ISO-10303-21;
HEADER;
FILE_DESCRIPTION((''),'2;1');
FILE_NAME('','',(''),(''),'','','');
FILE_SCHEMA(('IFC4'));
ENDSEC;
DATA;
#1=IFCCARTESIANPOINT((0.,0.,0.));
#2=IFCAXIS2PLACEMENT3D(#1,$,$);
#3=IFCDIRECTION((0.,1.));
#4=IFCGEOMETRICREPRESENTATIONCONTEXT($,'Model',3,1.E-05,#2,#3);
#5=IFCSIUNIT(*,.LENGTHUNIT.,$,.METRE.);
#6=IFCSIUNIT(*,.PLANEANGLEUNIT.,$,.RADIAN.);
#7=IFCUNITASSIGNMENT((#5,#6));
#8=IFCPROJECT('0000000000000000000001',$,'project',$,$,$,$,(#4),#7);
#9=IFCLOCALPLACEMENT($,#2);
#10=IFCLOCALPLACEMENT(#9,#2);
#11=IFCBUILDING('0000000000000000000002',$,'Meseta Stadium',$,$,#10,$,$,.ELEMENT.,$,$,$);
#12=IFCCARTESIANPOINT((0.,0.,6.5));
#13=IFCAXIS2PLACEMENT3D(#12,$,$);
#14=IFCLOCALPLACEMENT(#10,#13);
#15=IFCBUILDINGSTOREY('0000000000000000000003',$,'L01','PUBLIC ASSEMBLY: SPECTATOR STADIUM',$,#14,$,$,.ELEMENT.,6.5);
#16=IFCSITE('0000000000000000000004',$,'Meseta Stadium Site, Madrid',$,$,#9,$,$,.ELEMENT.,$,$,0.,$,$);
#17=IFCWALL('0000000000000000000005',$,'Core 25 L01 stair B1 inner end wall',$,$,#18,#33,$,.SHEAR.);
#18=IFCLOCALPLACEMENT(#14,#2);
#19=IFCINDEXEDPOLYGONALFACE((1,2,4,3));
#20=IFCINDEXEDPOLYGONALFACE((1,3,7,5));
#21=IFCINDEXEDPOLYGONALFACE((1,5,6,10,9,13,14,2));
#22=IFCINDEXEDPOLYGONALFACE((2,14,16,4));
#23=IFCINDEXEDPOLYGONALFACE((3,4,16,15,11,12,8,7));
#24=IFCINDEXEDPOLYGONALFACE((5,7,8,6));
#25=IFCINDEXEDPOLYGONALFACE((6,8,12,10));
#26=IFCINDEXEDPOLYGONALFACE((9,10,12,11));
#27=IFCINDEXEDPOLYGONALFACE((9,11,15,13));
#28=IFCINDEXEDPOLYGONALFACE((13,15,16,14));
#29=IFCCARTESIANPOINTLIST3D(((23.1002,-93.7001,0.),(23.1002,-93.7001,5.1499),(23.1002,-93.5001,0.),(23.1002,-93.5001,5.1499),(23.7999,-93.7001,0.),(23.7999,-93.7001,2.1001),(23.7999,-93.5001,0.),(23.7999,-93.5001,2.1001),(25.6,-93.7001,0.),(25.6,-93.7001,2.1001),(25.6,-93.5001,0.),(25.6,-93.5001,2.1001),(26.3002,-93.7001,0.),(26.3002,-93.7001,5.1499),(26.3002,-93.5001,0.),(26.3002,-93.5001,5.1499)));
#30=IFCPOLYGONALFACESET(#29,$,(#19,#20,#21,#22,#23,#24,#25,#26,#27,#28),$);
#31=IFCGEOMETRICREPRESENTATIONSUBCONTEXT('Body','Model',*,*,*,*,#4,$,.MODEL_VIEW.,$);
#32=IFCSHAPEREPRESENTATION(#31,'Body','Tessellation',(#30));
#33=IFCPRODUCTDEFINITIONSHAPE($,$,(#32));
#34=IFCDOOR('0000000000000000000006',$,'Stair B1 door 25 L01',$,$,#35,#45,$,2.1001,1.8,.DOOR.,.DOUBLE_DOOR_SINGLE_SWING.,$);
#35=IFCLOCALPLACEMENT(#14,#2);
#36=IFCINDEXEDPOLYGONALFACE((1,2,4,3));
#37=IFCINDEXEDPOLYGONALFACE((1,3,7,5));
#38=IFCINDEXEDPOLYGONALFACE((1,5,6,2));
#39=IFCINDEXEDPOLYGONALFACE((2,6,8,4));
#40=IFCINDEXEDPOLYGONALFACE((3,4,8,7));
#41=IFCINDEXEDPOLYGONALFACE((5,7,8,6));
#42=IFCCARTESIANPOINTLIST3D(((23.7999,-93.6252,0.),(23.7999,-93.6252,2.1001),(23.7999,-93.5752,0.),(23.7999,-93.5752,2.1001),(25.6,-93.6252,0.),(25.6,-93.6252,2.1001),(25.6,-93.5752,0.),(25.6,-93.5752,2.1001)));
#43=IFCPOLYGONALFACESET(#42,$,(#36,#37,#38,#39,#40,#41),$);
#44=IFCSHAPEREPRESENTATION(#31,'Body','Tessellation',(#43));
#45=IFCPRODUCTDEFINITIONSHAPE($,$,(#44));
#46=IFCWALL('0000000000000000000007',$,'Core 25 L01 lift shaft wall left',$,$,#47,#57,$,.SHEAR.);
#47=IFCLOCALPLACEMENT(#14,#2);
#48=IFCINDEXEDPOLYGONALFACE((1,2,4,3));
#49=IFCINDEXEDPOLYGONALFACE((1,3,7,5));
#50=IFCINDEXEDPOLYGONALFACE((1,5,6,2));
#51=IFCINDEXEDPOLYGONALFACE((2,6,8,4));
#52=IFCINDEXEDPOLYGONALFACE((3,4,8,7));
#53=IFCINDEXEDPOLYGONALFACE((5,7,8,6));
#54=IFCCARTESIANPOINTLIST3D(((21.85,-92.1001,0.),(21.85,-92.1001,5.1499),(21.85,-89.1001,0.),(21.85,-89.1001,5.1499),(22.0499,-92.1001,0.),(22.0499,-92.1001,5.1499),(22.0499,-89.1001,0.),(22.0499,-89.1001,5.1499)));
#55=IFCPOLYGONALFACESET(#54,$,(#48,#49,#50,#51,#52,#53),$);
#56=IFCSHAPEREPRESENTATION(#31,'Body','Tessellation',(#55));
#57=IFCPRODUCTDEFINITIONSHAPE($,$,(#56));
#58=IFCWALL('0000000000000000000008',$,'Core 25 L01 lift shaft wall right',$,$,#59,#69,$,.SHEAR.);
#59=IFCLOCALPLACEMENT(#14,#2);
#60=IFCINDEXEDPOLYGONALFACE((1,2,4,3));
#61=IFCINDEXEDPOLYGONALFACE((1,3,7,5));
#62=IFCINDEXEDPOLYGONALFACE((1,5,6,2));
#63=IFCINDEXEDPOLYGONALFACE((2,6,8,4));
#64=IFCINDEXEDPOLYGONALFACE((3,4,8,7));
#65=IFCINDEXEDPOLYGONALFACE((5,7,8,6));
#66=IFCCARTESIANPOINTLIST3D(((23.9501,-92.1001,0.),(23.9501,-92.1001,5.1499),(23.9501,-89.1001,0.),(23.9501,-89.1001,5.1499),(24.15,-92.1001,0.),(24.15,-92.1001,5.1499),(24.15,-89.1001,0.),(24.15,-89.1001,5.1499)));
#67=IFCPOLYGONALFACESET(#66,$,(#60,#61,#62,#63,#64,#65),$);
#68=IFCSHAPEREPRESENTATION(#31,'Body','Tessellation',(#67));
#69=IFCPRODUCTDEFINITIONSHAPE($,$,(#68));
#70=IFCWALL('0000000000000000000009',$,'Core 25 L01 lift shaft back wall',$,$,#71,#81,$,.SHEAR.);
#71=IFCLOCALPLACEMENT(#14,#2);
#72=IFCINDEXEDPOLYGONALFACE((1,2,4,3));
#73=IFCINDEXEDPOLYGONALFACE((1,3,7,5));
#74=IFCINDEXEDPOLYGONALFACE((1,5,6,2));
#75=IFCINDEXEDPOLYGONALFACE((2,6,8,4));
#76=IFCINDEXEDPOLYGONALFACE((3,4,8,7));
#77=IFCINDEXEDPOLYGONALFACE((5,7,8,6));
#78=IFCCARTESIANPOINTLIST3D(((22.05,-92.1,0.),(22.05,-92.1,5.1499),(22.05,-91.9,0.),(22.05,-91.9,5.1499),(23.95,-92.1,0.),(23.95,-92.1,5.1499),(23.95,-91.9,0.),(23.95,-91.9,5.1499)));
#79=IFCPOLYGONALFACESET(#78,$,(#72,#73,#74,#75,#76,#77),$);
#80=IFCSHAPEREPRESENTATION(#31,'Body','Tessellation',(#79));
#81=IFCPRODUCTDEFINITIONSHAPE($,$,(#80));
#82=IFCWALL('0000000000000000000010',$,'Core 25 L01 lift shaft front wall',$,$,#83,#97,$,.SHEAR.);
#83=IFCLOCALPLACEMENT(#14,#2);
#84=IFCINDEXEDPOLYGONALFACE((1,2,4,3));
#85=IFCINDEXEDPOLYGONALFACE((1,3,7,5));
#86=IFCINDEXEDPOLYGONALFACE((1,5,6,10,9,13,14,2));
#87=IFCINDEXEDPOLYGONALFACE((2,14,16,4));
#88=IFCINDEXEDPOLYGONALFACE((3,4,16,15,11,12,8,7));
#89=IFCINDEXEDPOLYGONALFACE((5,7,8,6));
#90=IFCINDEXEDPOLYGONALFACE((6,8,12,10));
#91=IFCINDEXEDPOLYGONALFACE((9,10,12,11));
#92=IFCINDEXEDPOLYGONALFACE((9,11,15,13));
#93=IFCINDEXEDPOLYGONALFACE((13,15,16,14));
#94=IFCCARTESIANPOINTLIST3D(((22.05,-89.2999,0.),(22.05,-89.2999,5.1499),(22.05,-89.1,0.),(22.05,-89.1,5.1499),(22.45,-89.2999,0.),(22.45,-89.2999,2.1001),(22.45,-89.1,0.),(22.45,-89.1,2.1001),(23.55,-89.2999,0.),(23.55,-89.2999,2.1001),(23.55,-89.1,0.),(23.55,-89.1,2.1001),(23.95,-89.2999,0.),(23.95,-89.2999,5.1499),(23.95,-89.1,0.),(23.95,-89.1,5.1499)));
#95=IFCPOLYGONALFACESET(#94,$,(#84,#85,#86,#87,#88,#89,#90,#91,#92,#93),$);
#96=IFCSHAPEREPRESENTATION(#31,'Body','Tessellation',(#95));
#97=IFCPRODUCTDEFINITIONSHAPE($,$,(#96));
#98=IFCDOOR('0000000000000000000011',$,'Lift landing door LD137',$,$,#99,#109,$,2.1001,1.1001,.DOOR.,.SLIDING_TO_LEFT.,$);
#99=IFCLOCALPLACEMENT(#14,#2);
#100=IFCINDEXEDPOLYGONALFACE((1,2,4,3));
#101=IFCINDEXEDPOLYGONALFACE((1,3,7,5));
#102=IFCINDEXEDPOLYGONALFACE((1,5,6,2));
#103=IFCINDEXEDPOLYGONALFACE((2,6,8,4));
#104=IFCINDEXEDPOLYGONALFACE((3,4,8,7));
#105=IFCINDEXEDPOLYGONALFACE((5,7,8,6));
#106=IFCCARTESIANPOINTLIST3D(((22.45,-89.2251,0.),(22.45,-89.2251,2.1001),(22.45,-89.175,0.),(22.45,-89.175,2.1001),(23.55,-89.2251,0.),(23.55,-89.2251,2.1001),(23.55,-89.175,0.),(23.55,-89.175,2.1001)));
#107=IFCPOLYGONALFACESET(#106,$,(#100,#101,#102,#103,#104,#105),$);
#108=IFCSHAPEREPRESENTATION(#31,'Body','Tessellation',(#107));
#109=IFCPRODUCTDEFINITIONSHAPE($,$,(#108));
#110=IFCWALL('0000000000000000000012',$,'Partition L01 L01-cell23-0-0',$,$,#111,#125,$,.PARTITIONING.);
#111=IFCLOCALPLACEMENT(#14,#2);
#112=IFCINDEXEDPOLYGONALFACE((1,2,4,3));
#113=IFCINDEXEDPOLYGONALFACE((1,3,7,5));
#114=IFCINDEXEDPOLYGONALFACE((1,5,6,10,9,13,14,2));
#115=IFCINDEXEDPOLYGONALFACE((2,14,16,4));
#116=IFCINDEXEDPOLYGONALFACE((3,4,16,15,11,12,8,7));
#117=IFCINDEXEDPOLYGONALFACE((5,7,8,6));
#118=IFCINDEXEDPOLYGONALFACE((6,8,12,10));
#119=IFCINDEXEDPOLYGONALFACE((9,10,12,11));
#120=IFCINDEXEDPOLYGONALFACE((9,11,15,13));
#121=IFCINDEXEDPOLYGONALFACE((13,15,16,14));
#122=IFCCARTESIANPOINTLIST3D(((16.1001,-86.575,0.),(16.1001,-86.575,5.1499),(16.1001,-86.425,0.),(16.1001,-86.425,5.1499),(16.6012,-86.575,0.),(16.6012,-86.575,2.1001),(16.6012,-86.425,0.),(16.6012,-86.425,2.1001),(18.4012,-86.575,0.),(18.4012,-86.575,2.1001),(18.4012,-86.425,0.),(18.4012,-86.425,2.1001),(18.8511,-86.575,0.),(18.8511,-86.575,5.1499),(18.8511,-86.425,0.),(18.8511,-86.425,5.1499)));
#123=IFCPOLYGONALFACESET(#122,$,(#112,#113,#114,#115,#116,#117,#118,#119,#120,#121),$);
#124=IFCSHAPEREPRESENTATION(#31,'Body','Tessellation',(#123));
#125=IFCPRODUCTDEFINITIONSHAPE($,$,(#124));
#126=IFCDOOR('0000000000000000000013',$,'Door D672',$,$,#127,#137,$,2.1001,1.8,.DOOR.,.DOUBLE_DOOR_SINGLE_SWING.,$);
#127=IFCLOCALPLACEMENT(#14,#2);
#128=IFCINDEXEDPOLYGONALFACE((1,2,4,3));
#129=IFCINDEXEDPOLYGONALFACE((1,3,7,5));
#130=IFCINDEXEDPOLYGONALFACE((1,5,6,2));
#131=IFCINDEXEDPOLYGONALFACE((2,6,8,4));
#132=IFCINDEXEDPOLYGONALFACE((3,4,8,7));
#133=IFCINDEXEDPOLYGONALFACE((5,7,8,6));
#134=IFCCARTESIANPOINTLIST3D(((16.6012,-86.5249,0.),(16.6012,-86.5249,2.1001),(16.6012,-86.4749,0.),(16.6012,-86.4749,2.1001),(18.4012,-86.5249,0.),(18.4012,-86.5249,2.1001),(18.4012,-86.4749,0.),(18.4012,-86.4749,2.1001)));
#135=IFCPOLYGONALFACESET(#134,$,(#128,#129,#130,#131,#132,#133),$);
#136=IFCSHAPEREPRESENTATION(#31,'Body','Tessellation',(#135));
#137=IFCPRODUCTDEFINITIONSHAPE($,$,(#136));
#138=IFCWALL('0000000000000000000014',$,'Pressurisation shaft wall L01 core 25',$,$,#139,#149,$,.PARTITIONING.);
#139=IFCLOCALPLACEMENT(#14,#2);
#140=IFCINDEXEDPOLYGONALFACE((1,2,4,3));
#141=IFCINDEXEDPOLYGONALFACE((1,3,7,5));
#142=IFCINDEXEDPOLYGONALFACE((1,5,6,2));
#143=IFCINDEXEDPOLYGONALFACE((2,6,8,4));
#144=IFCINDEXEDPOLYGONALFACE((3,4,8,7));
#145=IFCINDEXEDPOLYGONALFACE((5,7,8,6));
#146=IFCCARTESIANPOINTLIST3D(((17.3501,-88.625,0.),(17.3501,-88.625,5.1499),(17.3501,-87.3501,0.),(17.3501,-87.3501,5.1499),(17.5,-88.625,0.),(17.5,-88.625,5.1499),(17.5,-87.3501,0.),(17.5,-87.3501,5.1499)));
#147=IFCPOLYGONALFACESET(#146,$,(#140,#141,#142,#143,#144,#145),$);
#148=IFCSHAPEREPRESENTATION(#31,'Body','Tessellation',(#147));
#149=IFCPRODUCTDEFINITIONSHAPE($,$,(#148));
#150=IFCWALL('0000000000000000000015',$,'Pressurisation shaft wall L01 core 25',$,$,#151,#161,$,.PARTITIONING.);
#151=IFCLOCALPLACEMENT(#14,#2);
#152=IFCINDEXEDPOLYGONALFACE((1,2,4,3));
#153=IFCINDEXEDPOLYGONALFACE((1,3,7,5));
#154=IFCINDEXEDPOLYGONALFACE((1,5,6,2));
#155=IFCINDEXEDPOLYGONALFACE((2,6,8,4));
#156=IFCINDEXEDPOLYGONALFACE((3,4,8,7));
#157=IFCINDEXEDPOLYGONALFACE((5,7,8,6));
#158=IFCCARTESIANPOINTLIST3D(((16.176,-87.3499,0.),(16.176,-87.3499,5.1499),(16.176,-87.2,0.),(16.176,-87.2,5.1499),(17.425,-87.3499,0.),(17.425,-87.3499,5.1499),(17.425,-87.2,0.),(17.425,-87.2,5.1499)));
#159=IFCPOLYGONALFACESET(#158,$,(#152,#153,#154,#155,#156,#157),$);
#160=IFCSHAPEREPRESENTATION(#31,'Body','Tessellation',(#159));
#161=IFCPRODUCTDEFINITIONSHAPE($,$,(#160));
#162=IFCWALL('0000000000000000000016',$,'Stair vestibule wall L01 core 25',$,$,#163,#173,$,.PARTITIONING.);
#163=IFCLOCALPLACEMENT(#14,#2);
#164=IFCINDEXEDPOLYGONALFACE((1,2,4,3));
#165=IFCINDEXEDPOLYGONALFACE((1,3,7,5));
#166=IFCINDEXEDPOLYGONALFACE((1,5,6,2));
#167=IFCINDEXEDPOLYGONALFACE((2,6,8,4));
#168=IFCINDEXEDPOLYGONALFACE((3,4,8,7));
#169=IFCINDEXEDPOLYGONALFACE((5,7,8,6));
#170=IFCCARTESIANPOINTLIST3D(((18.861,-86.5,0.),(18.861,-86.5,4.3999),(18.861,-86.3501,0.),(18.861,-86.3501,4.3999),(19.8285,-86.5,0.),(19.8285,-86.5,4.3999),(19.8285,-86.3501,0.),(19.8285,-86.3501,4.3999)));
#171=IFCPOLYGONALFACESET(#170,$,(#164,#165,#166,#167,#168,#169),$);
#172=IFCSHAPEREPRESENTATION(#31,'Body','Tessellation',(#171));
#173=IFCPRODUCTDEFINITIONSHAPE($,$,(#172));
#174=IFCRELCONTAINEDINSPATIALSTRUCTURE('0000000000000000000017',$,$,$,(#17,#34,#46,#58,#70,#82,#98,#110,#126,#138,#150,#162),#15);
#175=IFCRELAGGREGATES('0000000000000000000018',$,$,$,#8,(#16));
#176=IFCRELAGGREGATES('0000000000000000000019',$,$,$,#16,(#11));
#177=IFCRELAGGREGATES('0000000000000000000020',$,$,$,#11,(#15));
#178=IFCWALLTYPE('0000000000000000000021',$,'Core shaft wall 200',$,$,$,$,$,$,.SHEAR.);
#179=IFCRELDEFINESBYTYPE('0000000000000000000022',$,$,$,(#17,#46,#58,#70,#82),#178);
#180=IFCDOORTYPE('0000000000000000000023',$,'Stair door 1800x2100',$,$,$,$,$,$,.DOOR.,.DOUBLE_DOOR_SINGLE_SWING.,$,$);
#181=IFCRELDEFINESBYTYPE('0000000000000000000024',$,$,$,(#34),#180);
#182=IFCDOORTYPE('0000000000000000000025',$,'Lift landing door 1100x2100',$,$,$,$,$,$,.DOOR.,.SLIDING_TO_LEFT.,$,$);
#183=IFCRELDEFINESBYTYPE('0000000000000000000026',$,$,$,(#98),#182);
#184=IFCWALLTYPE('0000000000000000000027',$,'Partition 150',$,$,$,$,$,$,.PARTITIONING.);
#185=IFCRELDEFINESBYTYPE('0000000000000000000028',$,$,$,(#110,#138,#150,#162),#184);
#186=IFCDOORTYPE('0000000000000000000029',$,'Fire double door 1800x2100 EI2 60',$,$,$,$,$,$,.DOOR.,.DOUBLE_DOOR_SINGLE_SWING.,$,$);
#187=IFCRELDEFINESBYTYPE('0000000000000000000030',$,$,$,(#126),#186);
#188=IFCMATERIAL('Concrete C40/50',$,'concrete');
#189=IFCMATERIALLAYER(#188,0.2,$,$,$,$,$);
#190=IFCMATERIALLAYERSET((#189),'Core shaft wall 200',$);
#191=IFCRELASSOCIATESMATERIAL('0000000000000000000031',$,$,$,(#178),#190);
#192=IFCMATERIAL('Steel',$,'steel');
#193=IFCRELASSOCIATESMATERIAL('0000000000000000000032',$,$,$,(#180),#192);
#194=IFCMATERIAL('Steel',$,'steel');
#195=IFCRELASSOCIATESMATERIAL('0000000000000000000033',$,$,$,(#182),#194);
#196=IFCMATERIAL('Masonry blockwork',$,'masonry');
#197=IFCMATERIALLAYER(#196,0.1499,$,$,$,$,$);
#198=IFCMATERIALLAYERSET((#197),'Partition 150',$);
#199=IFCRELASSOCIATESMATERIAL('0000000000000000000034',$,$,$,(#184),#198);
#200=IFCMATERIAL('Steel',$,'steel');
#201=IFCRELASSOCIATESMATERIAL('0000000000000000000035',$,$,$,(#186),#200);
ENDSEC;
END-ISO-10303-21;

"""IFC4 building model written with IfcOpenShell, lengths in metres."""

from ifc_helpers import new_model, si_unit, direction, frame, frame_2d, origin, place, context, subcontext, project, spatial, rectangle, extrude, material, layer, layer_set, type_object, element, fill, save


model = new_model("IFC4")

# Units and contexts
model_context = context("Model", 3, precision=1e-05, world=origin(), true_north=direction((0.0, 1.0)))
body_context = subcontext(model_context, "Body", "Model", "MODEL_VIEW")
ifc_project = project(units=[si_unit("LENGTHUNIT", "METRE"), si_unit("PLANEANGLEUNIT", "RADIAN")], contexts=[model_context])

# Site, building, storey
site_placement = place(None, origin())
site = spatial("IfcSite", under=ifc_project, at=site_placement, Name="Meseta Stadium Site, Madrid", CompositionType="ELEMENT", RefElevation=0.0)
building_placement = place(site_placement, origin())
building = spatial("IfcBuilding", under=site, at=building_placement, Name="Meseta Stadium", CompositionType="ELEMENT")
storey_placement = place(building_placement, frame((0.0, 0.0, 6.5)))
storey = spatial("IfcBuildingStorey", under=building, at=storey_placement, Name="L01", Description="PUBLIC ASSEMBLY: SPECTATOR STADIUM", CompositionType="ELEMENT", Elevation=6.5)

# Wall, opening, door
ifc_material_1 = material(Name="Concrete C40/50", Category="concrete")
ifc_layer_1 = layer(ifc_material_1, 0.2)
ifc_layer_set_1 = layer_set([ifc_layer_1], Name="Core shaft wall 200")
wall_type_1 = type_object("IfcWallType", Name="Core shaft wall 200", PredefinedType="SHEAR", material=ifc_layer_set_1)
ifc_material_2 = material(Name="Steel", Category="steel")
door_type_1 = type_object("IfcDoorType", Name="Stair door 1800x2100", OperationType="DOUBLE_DOOR_SINGLE_SWING", PredefinedType="DOOR", material=ifc_material_2)
wall_1_placement = place(storey_placement, frame((23.1001, -93.6001, 0.0), z_axis=(0.0, 0.0, 1.0), x_axis=(1.0, 0.0, 0.0)))
wall_1 = element("IfcWall", 1, at=wall_1_placement, inside=storey, type_object=wall_type_1, Name="Core 25 L01 stair B1 inner end wall", PredefinedType="SHEAR", context=body_context, shape_type="SweptSolid", body=[
    extrude(rectangle(XDim=3.2, YDim=0.2, at=frame_2d((1.6001, 0.0))), origin(), (0.0, 0.0, 1.0), 5.1499),
])
opening_1_placement = place(wall_1_placement, frame((0.7, 0.0, 0.0)))
opening_1 = element("IfcOpeningElement", 2, at=opening_1_placement, cuts=wall_1, PredefinedType="OPENING", context=body_context, shape_type="SweptSolid", body=[
    extrude(rectangle(XDim=1.8, YDim=2.1001, at=frame_2d((0.8999, 1.05))), frame((0.0, 0.1099, 0.0), z_axis=(0.0, -1.0, 0.0), x_axis=(1.0, 0.0, 0.0)), (0.0, 0.0, 1.0), 0.22),
])
door_1_placement = place(opening_1_placement, origin())
door_1 = element("IfcDoor", 3, at=door_1_placement, inside=storey, type_object=door_type_1, Name="Stair B1 door 25 L01", OperationType="DOUBLE_DOOR_SINGLE_SWING", OverallHeight=2.1001, OverallWidth=1.8, PredefinedType="DOOR", context=body_context, shape_type="SweptSolid", body=[
    extrude(rectangle(XDim=1.8, YDim=2.1001, at=frame_2d((0.8999, 1.05))), frame((0.0, 0.0249, 0.0), z_axis=(0.0, -1.0, 0.0), x_axis=(1.0, 0.0, 0.0)), (0.0, 0.0, 1.0), 0.05),
])
fill(opening_1, door_1)

# Walls
for number, where, z_axis, x_axis, name in (
    (4, (21.95, -92.1001, 0.0), (0.0, 0.0, 1.0), (0.0, 1.0, 0.0), "Core 25 L01 lift shaft wall left"),
    (5, (24.05, -92.1001, 0.0), (0.0, 0.0, 1.0), (0.0, 1.0, 0.0), "Core 25 L01 lift shaft wall right"),
):
    element("IfcWall", number, at=place(storey_placement, frame(where, z_axis=z_axis, x_axis=x_axis)), inside=storey, type_object=wall_type_1, Name=name, PredefinedType="SHEAR", context=body_context, shape_type="SweptSolid", body=[
        extrude(rectangle(XDim=3.0, YDim=0.2, at=frame_2d((1.5, 0.0))), origin(), (0.0, 0.0, 1.0), 5.1499),
    ])
wall_2_placement = place(storey_placement, frame((22.05, -92.0, 0.0), z_axis=(0.0, 0.0, 1.0), x_axis=(1.0, 0.0, 0.0)))
element("IfcWall", 6, at=wall_2_placement, inside=storey, type_object=wall_type_1, Name="Core 25 L01 lift shaft back wall", PredefinedType="SHEAR", context=body_context, shape_type="SweptSolid", body=[
    extrude(rectangle(XDim=1.8999, YDim=0.2, at=frame_2d((0.95, 0.0))), origin(), (0.0, 0.0, 1.0), 5.1499),
])

# Walls, openings, doors
wall_3_placement = place(storey_placement, frame((22.05, -89.2, 0.0), z_axis=(0.0, 0.0, 1.0), x_axis=(1.0, 0.0, 0.0)))
wall_3 = element("IfcWall", 7, at=wall_3_placement, inside=storey, type_object=wall_type_1, Name="Core 25 L01 lift shaft front wall", PredefinedType="SHEAR", context=body_context, shape_type="SweptSolid", body=[
    extrude(rectangle(XDim=1.8999, YDim=0.2, at=frame_2d((0.95, 0.0))), origin(), (0.0, 0.0, 1.0), 5.1499),
])
opening_2_placement = place(wall_3_placement, frame((0.3999, 0.0, 0.0)))
opening_2 = element("IfcOpeningElement", 8, at=opening_2_placement, cuts=wall_3, PredefinedType="OPENING", context=body_context, shape_type="SweptSolid", body=[
    extrude(rectangle(XDim=1.1001, YDim=2.1001, at=frame_2d((0.55, 1.05))), frame((0.0, 0.1099, 0.0), z_axis=(0.0, -1.0, 0.0), x_axis=(1.0, 0.0, 0.0)), (0.0, 0.0, 1.0), 0.22),
])
ifc_material_3 = material(Name="Steel", Category="steel")
door_type_2 = type_object("IfcDoorType", Name="Lift landing door 1100x2100", OperationType="SLIDING_TO_LEFT", PredefinedType="DOOR", material=ifc_material_3)
door_2_placement = place(opening_2_placement, origin())
door_2 = element("IfcDoor", 9, at=door_2_placement, inside=storey, type_object=door_type_2, Name="Lift landing door LD137", OperationType="SLIDING_TO_LEFT", OverallHeight=2.1001, OverallWidth=1.1001, PredefinedType="DOOR", context=body_context, shape_type="SweptSolid", body=[
    extrude(rectangle(XDim=1.1001, YDim=2.1001, at=frame_2d((0.55, 1.05))), frame((0.0, 0.0249, 0.0), z_axis=(0.0, -1.0, 0.0), x_axis=(1.0, 0.0, 0.0)), (0.0, 0.0, 1.0), 0.05),
])
fill(opening_2, door_2)
ifc_material_4 = material(Name="Masonry blockwork", Category="masonry")
ifc_layer_2 = layer(ifc_material_4, 0.1499)
ifc_layer_set_2 = layer_set([ifc_layer_2], Name="Partition 150")
wall_type_2 = type_object("IfcWallType", Name="Partition 150", PredefinedType="PARTITIONING", material=ifc_layer_set_2)
wall_4_placement = place(storey_placement, frame((18.8511, -86.5, 0.0), z_axis=(0.0, 0.0, 1.0), x_axis=(-1.0, 0.0, 0.0)))
wall_4 = element("IfcWall", 10, at=wall_4_placement, inside=storey, type_object=wall_type_2, Name="Partition L01 L01-cell23-0-0", PredefinedType="PARTITIONING", context=body_context, shape_type="SweptSolid", body=[
    extrude(rectangle(XDim=2.751, YDim=0.1499, at=frame_2d((1.3755, 0.0))), origin(), (0.0, 0.0, 1.0), 5.1499),
])
opening_3_placement = place(wall_4_placement, frame((0.45, 0.0, 0.0)))
opening_3 = element("IfcOpeningElement", 11, at=opening_3_placement, cuts=wall_4, PredefinedType="OPENING", context=body_context, shape_type="SweptSolid", body=[
    extrude(rectangle(XDim=1.8, YDim=2.1001, at=frame_2d((0.8999, 1.05))), frame((0.0, 0.085, 0.0), z_axis=(0.0, -1.0, 0.0), x_axis=(1.0, 0.0, 0.0)), (0.0, 0.0, 1.0), 0.1699),
])
ifc_material_5 = material(Name="Steel", Category="steel")
door_type_3 = type_object("IfcDoorType", Name="Fire double door 1800x2100 EI2 60", OperationType="DOUBLE_DOOR_SINGLE_SWING", PredefinedType="DOOR", material=ifc_material_5)
door_3_placement = place(opening_3_placement, origin())
door_3 = element("IfcDoor", 12, at=door_3_placement, inside=storey, type_object=door_type_3, Name="Door D672", OperationType="DOUBLE_DOOR_SINGLE_SWING", OverallHeight=2.1001, OverallWidth=1.8, PredefinedType="DOOR", context=body_context, shape_type="SweptSolid", body=[
    extrude(rectangle(XDim=1.8, YDim=2.1001, at=frame_2d((0.8999, 1.05))), frame((0.0, 0.0249, 0.0), z_axis=(0.0, -1.0, 0.0), x_axis=(1.0, 0.0, 0.0)), (0.0, 0.0, 1.0), 0.05),
])
fill(opening_3, door_3)

# Walls
wall_5_placement = place(storey_placement, frame((17.425, -88.625, 0.0), z_axis=(0.0, 0.0, 1.0), x_axis=(0.0, 1.0, 0.0)))
element("IfcWall", 13, at=wall_5_placement, inside=storey, type_object=wall_type_2, Name="Pressurisation shaft wall L01 core 25", PredefinedType="PARTITIONING", context=body_context, shape_type="SweptSolid", body=[
    extrude(rectangle(XDim=1.2749, YDim=0.1499, at=frame_2d((0.6375, 0.0))), origin(), (0.0, 0.0, 1.0), 5.1499),
])
wall_6_placement = place(storey_placement, frame((17.425, -87.2749, 0.0), z_axis=(0.0, 0.0, 1.0), x_axis=(-1.0, 0.0, 0.0)))
element("IfcWall", 14, at=wall_6_placement, inside=storey, type_object=wall_type_2, Name="Pressurisation shaft wall L01 core 25", PredefinedType="PARTITIONING", context=body_context, shape_type="SweptSolid", body=[
    extrude(rectangle(XDim=1.249, YDim=0.1499, at=frame_2d((0.6245, 0.0))), origin(), (0.0, 0.0, 1.0), 5.1499),
])
wall_7_placement = place(storey_placement, frame((19.8286, -86.425, 0.0), z_axis=(0.0, 0.0, 1.0), x_axis=(-1.0, 0.0, 0.0)))
element("IfcWall", 15, at=wall_7_placement, inside=storey, type_object=wall_type_2, Name="Stair vestibule wall L01 core 25", PredefinedType="PARTITIONING", context=body_context, shape_type="SweptSolid", body=[
    extrude(rectangle(XDim=0.9675, YDim=0.1499, at=frame_2d((0.4839, 0.0))), origin(), (0.0, 0.0, 1.0), 4.3999),
])

save(model, "model.ifc")
